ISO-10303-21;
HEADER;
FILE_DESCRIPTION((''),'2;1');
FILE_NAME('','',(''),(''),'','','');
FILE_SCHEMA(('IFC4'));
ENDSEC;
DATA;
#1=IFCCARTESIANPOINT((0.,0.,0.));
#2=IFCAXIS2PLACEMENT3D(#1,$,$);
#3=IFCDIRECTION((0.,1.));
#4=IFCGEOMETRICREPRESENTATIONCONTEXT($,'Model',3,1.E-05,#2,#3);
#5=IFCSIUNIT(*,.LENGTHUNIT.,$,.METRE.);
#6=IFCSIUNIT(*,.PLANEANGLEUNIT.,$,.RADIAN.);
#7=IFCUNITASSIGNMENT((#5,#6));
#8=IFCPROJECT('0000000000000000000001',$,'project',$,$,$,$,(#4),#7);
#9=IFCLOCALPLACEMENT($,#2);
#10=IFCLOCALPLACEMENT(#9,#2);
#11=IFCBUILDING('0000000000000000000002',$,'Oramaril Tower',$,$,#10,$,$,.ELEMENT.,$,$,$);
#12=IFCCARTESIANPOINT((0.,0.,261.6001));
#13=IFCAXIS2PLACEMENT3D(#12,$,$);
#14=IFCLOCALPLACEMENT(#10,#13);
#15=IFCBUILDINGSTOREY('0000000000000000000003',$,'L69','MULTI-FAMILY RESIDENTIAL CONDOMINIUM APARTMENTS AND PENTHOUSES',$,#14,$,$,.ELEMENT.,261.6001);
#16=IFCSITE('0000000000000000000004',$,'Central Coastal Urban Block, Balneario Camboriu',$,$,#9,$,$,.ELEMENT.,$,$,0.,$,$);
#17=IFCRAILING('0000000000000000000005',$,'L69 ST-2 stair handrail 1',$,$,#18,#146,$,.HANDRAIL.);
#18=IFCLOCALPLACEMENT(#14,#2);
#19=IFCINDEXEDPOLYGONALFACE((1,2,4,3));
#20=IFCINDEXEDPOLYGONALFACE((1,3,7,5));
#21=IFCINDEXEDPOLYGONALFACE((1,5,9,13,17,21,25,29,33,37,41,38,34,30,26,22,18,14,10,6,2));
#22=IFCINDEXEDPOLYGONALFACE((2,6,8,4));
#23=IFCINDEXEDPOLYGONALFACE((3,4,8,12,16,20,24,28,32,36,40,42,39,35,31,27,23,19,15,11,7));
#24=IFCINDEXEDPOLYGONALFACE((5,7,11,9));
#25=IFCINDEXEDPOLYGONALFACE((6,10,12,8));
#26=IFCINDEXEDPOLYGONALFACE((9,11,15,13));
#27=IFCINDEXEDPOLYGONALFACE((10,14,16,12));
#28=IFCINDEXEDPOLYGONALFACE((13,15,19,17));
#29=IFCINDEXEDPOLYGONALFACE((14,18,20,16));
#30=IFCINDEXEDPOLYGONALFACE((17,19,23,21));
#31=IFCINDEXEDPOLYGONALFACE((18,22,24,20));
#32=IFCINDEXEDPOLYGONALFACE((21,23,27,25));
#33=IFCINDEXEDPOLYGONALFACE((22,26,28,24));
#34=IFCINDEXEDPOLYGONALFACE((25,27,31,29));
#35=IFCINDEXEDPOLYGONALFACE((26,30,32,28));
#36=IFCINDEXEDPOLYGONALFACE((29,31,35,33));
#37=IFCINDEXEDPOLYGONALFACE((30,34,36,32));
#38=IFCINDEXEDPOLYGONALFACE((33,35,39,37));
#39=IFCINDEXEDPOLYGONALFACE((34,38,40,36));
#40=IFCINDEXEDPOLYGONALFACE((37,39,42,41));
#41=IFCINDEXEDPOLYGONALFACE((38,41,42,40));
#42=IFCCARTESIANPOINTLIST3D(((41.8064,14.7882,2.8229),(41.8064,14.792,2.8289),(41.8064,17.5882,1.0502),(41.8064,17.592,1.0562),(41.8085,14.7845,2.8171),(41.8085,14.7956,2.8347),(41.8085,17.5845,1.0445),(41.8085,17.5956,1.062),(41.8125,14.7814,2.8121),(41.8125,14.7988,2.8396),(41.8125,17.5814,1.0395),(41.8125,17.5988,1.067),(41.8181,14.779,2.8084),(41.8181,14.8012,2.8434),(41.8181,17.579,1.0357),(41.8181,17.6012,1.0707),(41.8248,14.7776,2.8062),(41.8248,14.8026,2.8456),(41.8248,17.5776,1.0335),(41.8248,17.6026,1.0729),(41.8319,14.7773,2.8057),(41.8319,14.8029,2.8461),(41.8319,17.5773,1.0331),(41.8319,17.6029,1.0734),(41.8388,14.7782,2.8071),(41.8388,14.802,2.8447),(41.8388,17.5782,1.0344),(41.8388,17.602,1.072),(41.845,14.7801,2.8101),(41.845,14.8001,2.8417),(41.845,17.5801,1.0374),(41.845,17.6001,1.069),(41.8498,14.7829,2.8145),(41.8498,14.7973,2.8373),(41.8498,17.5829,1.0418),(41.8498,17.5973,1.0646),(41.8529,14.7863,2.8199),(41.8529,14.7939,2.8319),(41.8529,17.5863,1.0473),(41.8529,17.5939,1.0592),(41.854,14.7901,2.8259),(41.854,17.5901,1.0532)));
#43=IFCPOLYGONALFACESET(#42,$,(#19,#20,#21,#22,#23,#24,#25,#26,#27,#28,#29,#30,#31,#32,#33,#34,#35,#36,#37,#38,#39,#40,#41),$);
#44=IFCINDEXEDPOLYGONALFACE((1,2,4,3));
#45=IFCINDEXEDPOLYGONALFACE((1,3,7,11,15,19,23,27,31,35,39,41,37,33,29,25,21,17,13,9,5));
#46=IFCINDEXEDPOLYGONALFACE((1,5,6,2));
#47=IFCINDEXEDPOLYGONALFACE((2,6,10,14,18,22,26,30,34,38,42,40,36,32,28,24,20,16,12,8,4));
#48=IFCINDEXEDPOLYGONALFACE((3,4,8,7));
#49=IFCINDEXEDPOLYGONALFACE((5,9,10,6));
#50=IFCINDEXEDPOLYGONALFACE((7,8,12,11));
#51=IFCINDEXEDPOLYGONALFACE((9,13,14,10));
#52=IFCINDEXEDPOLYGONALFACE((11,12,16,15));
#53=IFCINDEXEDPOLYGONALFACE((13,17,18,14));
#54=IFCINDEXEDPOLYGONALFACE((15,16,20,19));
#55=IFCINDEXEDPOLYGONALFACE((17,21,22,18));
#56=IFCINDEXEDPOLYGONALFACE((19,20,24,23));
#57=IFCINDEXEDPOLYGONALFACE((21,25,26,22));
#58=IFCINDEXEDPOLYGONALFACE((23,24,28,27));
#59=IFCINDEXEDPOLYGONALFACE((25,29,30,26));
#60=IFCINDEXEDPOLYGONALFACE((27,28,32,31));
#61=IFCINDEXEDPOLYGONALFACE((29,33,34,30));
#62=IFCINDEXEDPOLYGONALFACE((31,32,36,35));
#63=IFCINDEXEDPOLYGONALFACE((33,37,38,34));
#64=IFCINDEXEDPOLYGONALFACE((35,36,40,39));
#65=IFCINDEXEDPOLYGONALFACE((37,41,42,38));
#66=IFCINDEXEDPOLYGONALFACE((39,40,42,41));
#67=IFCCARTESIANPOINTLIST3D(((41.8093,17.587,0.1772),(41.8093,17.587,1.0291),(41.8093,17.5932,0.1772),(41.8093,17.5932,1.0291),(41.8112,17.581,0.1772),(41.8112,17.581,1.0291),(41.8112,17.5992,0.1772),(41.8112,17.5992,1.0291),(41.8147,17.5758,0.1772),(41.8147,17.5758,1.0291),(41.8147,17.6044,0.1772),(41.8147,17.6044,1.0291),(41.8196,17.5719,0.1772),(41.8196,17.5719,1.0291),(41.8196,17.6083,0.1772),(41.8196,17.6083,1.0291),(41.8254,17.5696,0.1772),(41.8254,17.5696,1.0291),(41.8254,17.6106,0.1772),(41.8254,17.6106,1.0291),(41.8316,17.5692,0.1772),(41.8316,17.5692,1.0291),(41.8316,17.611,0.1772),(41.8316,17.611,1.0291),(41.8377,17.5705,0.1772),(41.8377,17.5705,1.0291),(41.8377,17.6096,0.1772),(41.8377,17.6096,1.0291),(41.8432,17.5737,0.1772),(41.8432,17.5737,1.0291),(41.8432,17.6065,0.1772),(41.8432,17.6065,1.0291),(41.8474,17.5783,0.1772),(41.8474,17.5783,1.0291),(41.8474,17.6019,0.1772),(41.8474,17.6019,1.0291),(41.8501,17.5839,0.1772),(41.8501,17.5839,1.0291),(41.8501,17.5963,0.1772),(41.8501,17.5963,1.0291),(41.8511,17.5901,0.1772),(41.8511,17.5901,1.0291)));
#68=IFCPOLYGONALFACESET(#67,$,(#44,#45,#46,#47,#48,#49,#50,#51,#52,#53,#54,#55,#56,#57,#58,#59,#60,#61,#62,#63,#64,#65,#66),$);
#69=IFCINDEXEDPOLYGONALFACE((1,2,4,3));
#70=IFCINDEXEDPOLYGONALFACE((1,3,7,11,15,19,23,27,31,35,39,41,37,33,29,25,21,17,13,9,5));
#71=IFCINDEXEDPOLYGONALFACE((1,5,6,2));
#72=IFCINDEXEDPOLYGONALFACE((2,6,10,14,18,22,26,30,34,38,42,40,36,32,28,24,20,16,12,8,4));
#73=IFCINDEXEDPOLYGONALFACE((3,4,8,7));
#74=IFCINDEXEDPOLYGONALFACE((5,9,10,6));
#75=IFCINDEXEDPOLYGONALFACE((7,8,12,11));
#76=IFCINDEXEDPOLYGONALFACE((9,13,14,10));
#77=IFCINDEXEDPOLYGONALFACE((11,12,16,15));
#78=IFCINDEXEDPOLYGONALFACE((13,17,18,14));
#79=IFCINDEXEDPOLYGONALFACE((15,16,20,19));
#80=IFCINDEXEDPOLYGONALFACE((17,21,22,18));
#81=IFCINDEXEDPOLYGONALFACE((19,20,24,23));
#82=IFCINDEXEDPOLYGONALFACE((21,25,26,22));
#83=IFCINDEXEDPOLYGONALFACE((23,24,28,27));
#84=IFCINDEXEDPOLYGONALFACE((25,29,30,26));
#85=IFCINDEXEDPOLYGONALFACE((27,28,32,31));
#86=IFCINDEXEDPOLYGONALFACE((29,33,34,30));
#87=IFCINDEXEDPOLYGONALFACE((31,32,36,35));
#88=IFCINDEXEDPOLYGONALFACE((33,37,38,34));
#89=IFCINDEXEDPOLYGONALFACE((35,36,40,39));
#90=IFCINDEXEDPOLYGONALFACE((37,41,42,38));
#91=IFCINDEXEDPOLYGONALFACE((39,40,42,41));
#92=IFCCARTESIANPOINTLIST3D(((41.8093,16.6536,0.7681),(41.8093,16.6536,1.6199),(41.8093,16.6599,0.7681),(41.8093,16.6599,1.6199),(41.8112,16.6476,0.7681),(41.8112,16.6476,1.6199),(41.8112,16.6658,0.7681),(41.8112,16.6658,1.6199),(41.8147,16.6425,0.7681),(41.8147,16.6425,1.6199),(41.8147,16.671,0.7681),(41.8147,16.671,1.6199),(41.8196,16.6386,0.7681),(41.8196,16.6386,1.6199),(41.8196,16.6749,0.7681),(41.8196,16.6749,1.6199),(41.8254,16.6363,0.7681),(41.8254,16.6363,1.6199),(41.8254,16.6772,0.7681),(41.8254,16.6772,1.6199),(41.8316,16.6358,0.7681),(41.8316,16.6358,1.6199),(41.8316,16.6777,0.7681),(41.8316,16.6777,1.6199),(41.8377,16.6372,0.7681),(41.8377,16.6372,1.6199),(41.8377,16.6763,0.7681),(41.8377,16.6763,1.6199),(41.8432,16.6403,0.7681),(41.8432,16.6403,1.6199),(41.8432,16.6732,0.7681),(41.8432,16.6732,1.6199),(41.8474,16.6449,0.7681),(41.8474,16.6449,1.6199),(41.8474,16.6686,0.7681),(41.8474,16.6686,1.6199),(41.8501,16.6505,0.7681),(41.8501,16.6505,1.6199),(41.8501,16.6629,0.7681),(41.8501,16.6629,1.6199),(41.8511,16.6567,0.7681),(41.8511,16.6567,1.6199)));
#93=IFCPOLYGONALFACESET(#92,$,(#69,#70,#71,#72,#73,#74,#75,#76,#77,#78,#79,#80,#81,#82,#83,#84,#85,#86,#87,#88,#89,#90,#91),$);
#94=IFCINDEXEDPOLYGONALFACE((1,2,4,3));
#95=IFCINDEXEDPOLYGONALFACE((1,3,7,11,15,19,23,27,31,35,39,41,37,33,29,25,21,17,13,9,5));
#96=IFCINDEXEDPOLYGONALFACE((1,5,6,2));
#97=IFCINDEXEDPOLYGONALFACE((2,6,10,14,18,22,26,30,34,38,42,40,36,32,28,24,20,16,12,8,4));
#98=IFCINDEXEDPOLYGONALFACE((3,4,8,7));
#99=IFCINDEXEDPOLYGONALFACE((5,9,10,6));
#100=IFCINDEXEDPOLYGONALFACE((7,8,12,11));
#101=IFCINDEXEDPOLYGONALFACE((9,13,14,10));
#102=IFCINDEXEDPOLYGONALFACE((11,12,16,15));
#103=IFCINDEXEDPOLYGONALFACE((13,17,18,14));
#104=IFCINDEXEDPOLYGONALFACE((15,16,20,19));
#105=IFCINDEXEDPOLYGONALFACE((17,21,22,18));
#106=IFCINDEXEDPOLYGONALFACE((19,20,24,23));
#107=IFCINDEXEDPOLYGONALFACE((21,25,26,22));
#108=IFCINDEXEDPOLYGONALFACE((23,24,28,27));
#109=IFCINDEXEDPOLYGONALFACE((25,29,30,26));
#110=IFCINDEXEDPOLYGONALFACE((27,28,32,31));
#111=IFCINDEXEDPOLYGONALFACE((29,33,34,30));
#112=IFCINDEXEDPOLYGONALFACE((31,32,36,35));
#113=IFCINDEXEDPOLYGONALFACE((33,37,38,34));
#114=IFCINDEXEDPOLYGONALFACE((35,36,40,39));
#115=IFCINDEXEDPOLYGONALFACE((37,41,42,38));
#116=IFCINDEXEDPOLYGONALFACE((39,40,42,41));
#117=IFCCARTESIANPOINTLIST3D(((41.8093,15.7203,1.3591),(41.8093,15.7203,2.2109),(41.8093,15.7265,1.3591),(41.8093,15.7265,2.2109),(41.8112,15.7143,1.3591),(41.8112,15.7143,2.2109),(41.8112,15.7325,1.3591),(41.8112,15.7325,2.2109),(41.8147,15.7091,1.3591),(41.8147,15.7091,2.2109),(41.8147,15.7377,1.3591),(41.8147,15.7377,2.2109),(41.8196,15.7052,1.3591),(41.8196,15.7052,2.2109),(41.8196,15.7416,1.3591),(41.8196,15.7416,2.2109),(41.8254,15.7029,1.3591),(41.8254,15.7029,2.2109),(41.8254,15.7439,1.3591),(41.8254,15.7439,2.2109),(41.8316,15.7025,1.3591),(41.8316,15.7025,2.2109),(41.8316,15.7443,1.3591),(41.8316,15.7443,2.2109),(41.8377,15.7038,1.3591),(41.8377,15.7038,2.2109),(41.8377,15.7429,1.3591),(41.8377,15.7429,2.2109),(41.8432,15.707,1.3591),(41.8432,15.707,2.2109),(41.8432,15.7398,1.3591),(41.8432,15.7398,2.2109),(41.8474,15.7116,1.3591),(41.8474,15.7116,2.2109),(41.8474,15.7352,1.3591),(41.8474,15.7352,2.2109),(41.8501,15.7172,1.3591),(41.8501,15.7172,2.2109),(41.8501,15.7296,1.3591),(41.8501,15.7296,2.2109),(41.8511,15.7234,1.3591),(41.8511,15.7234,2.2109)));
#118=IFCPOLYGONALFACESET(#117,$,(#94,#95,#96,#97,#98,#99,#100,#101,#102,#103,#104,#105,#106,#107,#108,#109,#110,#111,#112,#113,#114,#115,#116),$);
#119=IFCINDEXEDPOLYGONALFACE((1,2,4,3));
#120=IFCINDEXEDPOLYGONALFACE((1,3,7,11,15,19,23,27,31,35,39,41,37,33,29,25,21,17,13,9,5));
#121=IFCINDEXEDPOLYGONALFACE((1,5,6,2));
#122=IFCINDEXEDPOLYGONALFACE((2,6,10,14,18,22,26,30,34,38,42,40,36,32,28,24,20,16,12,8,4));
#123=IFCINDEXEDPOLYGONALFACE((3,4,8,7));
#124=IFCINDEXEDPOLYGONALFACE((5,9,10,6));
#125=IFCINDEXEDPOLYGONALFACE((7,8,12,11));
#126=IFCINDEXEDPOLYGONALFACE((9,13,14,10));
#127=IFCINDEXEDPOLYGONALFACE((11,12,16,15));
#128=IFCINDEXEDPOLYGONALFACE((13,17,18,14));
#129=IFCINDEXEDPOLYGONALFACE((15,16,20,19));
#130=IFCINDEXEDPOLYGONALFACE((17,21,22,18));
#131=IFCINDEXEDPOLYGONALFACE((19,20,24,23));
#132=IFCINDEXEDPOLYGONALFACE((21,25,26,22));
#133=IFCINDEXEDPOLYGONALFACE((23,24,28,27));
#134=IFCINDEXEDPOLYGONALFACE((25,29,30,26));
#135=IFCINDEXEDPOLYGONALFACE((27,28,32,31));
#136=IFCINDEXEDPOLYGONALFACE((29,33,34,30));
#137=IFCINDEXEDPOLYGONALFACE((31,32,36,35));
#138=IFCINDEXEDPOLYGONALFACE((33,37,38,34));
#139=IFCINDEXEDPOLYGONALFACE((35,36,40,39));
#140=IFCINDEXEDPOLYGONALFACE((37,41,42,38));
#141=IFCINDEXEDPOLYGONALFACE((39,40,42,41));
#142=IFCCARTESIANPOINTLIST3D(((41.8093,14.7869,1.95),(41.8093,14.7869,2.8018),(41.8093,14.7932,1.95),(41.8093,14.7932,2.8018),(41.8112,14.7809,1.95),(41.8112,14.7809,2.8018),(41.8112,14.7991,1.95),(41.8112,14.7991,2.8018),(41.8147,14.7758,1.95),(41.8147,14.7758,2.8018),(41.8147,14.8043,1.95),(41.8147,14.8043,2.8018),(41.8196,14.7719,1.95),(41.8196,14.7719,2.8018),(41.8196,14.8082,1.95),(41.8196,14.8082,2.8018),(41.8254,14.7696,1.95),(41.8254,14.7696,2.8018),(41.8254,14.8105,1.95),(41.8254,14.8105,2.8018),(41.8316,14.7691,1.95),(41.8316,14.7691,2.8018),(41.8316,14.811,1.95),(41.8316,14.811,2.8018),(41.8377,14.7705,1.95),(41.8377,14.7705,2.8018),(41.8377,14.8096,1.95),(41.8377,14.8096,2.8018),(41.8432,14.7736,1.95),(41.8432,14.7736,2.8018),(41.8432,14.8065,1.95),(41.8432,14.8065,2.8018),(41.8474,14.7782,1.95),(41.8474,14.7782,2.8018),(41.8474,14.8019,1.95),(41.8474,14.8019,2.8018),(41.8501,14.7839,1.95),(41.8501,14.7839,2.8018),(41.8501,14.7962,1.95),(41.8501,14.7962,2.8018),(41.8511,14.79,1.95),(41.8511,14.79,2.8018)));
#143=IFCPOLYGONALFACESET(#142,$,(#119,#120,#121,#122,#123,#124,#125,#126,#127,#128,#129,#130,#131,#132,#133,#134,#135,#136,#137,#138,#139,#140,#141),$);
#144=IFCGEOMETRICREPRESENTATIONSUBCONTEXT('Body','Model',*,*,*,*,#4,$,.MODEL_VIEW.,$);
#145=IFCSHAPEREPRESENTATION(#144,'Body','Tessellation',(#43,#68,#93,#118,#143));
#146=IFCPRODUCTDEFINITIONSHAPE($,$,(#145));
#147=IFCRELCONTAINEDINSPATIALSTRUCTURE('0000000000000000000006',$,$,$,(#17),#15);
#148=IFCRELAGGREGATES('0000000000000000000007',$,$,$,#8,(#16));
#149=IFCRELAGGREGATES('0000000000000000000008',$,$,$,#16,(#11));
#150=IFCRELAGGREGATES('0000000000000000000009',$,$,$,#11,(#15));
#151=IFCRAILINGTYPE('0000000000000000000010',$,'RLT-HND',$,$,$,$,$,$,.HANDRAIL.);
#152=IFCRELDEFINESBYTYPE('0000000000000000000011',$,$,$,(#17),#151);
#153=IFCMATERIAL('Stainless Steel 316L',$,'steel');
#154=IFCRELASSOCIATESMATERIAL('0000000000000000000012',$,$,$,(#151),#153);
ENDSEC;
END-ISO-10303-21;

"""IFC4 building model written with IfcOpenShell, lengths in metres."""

from ifc_helpers import new_model, si_unit, direction, frame, origin, origin_2d, place, context, subcontext, project, spatial, circle, extrude, material, type_object, element, save


model = new_model("IFC4")

# Units and contexts
model_context = context("Model", 3, precision=1e-05, world=origin(), true_north=direction((0.0, 1.0)))
body_context = subcontext(model_context, "Body", "Model", "MODEL_VIEW")
ifc_project = project(units=[si_unit("LENGTHUNIT", "METRE"), si_unit("PLANEANGLEUNIT", "RADIAN")], contexts=[model_context])

# Site, building, storey
site_placement = place(None, origin())
site = spatial("IfcSite", under=ifc_project, at=site_placement, Name="Central Coastal Urban Block, Balneario Camboriu", CompositionType="ELEMENT", RefElevation=0.0)
building_placement = place(site_placement, origin())
building = spatial("IfcBuilding", under=site, at=building_placement, Name="Oramaril Tower", CompositionType="ELEMENT")
storey_placement = place(building_placement, frame((0.0, 0.0, 261.6001)))
storey = spatial("IfcBuildingStorey", under=building, at=storey_placement, Name="L69", Description="MULTI-FAMILY RESIDENTIAL CONDOMINIUM APARTMENTS AND PENTHOUSES", CompositionType="ELEMENT", Elevation=261.6001)

# Railing
ifc_material_1 = material(Name="Stainless Steel 316L", Category="steel")
railing_type_1 = type_object("IfcRailingType", Name="RLT-HND", PredefinedType="HANDRAIL", material=ifc_material_1)
railing_1_placement = place(storey_placement, frame((41.8301, 17.5901, 0.1772)))
element("IfcRailing", 1, at=railing_1_placement, inside=storey, type_object=railing_type_1, Name="L69 ST-2 stair handrail 1", PredefinedType="HANDRAIL", context=body_context, shape_type="SweptSolid", body=[
    extrude(circle(Radius=0.0239, at=origin_2d()), frame((0.0, 0.0, 0.876), z_axis=(0.0, -0.844909, 0.53491), x_axis=(1.0, 0.0, 0.0)), (0.0, 0.0, 1.0), 3.314),
    extrude(circle(Radius=0.021, at=origin_2d()), origin(), (0.0, 0.0, 1.0), 0.8518),
    extrude(circle(Radius=0.021, at=origin_2d()), frame((0.0, -0.9333, 0.5908)), (0.0, 0.0, 1.0), 0.8518),
    extrude(circle(Radius=0.021, at=origin_2d()), frame((0.0, -1.8667, 1.1819)), (0.0, 0.0, 1.0), 0.8518),
    extrude(circle(Radius=0.021, at=origin_2d()), frame((0.0, -2.8, 1.7727)), (0.0, 0.0, 1.0), 0.8518),
])

save(model, "model.ifc")
